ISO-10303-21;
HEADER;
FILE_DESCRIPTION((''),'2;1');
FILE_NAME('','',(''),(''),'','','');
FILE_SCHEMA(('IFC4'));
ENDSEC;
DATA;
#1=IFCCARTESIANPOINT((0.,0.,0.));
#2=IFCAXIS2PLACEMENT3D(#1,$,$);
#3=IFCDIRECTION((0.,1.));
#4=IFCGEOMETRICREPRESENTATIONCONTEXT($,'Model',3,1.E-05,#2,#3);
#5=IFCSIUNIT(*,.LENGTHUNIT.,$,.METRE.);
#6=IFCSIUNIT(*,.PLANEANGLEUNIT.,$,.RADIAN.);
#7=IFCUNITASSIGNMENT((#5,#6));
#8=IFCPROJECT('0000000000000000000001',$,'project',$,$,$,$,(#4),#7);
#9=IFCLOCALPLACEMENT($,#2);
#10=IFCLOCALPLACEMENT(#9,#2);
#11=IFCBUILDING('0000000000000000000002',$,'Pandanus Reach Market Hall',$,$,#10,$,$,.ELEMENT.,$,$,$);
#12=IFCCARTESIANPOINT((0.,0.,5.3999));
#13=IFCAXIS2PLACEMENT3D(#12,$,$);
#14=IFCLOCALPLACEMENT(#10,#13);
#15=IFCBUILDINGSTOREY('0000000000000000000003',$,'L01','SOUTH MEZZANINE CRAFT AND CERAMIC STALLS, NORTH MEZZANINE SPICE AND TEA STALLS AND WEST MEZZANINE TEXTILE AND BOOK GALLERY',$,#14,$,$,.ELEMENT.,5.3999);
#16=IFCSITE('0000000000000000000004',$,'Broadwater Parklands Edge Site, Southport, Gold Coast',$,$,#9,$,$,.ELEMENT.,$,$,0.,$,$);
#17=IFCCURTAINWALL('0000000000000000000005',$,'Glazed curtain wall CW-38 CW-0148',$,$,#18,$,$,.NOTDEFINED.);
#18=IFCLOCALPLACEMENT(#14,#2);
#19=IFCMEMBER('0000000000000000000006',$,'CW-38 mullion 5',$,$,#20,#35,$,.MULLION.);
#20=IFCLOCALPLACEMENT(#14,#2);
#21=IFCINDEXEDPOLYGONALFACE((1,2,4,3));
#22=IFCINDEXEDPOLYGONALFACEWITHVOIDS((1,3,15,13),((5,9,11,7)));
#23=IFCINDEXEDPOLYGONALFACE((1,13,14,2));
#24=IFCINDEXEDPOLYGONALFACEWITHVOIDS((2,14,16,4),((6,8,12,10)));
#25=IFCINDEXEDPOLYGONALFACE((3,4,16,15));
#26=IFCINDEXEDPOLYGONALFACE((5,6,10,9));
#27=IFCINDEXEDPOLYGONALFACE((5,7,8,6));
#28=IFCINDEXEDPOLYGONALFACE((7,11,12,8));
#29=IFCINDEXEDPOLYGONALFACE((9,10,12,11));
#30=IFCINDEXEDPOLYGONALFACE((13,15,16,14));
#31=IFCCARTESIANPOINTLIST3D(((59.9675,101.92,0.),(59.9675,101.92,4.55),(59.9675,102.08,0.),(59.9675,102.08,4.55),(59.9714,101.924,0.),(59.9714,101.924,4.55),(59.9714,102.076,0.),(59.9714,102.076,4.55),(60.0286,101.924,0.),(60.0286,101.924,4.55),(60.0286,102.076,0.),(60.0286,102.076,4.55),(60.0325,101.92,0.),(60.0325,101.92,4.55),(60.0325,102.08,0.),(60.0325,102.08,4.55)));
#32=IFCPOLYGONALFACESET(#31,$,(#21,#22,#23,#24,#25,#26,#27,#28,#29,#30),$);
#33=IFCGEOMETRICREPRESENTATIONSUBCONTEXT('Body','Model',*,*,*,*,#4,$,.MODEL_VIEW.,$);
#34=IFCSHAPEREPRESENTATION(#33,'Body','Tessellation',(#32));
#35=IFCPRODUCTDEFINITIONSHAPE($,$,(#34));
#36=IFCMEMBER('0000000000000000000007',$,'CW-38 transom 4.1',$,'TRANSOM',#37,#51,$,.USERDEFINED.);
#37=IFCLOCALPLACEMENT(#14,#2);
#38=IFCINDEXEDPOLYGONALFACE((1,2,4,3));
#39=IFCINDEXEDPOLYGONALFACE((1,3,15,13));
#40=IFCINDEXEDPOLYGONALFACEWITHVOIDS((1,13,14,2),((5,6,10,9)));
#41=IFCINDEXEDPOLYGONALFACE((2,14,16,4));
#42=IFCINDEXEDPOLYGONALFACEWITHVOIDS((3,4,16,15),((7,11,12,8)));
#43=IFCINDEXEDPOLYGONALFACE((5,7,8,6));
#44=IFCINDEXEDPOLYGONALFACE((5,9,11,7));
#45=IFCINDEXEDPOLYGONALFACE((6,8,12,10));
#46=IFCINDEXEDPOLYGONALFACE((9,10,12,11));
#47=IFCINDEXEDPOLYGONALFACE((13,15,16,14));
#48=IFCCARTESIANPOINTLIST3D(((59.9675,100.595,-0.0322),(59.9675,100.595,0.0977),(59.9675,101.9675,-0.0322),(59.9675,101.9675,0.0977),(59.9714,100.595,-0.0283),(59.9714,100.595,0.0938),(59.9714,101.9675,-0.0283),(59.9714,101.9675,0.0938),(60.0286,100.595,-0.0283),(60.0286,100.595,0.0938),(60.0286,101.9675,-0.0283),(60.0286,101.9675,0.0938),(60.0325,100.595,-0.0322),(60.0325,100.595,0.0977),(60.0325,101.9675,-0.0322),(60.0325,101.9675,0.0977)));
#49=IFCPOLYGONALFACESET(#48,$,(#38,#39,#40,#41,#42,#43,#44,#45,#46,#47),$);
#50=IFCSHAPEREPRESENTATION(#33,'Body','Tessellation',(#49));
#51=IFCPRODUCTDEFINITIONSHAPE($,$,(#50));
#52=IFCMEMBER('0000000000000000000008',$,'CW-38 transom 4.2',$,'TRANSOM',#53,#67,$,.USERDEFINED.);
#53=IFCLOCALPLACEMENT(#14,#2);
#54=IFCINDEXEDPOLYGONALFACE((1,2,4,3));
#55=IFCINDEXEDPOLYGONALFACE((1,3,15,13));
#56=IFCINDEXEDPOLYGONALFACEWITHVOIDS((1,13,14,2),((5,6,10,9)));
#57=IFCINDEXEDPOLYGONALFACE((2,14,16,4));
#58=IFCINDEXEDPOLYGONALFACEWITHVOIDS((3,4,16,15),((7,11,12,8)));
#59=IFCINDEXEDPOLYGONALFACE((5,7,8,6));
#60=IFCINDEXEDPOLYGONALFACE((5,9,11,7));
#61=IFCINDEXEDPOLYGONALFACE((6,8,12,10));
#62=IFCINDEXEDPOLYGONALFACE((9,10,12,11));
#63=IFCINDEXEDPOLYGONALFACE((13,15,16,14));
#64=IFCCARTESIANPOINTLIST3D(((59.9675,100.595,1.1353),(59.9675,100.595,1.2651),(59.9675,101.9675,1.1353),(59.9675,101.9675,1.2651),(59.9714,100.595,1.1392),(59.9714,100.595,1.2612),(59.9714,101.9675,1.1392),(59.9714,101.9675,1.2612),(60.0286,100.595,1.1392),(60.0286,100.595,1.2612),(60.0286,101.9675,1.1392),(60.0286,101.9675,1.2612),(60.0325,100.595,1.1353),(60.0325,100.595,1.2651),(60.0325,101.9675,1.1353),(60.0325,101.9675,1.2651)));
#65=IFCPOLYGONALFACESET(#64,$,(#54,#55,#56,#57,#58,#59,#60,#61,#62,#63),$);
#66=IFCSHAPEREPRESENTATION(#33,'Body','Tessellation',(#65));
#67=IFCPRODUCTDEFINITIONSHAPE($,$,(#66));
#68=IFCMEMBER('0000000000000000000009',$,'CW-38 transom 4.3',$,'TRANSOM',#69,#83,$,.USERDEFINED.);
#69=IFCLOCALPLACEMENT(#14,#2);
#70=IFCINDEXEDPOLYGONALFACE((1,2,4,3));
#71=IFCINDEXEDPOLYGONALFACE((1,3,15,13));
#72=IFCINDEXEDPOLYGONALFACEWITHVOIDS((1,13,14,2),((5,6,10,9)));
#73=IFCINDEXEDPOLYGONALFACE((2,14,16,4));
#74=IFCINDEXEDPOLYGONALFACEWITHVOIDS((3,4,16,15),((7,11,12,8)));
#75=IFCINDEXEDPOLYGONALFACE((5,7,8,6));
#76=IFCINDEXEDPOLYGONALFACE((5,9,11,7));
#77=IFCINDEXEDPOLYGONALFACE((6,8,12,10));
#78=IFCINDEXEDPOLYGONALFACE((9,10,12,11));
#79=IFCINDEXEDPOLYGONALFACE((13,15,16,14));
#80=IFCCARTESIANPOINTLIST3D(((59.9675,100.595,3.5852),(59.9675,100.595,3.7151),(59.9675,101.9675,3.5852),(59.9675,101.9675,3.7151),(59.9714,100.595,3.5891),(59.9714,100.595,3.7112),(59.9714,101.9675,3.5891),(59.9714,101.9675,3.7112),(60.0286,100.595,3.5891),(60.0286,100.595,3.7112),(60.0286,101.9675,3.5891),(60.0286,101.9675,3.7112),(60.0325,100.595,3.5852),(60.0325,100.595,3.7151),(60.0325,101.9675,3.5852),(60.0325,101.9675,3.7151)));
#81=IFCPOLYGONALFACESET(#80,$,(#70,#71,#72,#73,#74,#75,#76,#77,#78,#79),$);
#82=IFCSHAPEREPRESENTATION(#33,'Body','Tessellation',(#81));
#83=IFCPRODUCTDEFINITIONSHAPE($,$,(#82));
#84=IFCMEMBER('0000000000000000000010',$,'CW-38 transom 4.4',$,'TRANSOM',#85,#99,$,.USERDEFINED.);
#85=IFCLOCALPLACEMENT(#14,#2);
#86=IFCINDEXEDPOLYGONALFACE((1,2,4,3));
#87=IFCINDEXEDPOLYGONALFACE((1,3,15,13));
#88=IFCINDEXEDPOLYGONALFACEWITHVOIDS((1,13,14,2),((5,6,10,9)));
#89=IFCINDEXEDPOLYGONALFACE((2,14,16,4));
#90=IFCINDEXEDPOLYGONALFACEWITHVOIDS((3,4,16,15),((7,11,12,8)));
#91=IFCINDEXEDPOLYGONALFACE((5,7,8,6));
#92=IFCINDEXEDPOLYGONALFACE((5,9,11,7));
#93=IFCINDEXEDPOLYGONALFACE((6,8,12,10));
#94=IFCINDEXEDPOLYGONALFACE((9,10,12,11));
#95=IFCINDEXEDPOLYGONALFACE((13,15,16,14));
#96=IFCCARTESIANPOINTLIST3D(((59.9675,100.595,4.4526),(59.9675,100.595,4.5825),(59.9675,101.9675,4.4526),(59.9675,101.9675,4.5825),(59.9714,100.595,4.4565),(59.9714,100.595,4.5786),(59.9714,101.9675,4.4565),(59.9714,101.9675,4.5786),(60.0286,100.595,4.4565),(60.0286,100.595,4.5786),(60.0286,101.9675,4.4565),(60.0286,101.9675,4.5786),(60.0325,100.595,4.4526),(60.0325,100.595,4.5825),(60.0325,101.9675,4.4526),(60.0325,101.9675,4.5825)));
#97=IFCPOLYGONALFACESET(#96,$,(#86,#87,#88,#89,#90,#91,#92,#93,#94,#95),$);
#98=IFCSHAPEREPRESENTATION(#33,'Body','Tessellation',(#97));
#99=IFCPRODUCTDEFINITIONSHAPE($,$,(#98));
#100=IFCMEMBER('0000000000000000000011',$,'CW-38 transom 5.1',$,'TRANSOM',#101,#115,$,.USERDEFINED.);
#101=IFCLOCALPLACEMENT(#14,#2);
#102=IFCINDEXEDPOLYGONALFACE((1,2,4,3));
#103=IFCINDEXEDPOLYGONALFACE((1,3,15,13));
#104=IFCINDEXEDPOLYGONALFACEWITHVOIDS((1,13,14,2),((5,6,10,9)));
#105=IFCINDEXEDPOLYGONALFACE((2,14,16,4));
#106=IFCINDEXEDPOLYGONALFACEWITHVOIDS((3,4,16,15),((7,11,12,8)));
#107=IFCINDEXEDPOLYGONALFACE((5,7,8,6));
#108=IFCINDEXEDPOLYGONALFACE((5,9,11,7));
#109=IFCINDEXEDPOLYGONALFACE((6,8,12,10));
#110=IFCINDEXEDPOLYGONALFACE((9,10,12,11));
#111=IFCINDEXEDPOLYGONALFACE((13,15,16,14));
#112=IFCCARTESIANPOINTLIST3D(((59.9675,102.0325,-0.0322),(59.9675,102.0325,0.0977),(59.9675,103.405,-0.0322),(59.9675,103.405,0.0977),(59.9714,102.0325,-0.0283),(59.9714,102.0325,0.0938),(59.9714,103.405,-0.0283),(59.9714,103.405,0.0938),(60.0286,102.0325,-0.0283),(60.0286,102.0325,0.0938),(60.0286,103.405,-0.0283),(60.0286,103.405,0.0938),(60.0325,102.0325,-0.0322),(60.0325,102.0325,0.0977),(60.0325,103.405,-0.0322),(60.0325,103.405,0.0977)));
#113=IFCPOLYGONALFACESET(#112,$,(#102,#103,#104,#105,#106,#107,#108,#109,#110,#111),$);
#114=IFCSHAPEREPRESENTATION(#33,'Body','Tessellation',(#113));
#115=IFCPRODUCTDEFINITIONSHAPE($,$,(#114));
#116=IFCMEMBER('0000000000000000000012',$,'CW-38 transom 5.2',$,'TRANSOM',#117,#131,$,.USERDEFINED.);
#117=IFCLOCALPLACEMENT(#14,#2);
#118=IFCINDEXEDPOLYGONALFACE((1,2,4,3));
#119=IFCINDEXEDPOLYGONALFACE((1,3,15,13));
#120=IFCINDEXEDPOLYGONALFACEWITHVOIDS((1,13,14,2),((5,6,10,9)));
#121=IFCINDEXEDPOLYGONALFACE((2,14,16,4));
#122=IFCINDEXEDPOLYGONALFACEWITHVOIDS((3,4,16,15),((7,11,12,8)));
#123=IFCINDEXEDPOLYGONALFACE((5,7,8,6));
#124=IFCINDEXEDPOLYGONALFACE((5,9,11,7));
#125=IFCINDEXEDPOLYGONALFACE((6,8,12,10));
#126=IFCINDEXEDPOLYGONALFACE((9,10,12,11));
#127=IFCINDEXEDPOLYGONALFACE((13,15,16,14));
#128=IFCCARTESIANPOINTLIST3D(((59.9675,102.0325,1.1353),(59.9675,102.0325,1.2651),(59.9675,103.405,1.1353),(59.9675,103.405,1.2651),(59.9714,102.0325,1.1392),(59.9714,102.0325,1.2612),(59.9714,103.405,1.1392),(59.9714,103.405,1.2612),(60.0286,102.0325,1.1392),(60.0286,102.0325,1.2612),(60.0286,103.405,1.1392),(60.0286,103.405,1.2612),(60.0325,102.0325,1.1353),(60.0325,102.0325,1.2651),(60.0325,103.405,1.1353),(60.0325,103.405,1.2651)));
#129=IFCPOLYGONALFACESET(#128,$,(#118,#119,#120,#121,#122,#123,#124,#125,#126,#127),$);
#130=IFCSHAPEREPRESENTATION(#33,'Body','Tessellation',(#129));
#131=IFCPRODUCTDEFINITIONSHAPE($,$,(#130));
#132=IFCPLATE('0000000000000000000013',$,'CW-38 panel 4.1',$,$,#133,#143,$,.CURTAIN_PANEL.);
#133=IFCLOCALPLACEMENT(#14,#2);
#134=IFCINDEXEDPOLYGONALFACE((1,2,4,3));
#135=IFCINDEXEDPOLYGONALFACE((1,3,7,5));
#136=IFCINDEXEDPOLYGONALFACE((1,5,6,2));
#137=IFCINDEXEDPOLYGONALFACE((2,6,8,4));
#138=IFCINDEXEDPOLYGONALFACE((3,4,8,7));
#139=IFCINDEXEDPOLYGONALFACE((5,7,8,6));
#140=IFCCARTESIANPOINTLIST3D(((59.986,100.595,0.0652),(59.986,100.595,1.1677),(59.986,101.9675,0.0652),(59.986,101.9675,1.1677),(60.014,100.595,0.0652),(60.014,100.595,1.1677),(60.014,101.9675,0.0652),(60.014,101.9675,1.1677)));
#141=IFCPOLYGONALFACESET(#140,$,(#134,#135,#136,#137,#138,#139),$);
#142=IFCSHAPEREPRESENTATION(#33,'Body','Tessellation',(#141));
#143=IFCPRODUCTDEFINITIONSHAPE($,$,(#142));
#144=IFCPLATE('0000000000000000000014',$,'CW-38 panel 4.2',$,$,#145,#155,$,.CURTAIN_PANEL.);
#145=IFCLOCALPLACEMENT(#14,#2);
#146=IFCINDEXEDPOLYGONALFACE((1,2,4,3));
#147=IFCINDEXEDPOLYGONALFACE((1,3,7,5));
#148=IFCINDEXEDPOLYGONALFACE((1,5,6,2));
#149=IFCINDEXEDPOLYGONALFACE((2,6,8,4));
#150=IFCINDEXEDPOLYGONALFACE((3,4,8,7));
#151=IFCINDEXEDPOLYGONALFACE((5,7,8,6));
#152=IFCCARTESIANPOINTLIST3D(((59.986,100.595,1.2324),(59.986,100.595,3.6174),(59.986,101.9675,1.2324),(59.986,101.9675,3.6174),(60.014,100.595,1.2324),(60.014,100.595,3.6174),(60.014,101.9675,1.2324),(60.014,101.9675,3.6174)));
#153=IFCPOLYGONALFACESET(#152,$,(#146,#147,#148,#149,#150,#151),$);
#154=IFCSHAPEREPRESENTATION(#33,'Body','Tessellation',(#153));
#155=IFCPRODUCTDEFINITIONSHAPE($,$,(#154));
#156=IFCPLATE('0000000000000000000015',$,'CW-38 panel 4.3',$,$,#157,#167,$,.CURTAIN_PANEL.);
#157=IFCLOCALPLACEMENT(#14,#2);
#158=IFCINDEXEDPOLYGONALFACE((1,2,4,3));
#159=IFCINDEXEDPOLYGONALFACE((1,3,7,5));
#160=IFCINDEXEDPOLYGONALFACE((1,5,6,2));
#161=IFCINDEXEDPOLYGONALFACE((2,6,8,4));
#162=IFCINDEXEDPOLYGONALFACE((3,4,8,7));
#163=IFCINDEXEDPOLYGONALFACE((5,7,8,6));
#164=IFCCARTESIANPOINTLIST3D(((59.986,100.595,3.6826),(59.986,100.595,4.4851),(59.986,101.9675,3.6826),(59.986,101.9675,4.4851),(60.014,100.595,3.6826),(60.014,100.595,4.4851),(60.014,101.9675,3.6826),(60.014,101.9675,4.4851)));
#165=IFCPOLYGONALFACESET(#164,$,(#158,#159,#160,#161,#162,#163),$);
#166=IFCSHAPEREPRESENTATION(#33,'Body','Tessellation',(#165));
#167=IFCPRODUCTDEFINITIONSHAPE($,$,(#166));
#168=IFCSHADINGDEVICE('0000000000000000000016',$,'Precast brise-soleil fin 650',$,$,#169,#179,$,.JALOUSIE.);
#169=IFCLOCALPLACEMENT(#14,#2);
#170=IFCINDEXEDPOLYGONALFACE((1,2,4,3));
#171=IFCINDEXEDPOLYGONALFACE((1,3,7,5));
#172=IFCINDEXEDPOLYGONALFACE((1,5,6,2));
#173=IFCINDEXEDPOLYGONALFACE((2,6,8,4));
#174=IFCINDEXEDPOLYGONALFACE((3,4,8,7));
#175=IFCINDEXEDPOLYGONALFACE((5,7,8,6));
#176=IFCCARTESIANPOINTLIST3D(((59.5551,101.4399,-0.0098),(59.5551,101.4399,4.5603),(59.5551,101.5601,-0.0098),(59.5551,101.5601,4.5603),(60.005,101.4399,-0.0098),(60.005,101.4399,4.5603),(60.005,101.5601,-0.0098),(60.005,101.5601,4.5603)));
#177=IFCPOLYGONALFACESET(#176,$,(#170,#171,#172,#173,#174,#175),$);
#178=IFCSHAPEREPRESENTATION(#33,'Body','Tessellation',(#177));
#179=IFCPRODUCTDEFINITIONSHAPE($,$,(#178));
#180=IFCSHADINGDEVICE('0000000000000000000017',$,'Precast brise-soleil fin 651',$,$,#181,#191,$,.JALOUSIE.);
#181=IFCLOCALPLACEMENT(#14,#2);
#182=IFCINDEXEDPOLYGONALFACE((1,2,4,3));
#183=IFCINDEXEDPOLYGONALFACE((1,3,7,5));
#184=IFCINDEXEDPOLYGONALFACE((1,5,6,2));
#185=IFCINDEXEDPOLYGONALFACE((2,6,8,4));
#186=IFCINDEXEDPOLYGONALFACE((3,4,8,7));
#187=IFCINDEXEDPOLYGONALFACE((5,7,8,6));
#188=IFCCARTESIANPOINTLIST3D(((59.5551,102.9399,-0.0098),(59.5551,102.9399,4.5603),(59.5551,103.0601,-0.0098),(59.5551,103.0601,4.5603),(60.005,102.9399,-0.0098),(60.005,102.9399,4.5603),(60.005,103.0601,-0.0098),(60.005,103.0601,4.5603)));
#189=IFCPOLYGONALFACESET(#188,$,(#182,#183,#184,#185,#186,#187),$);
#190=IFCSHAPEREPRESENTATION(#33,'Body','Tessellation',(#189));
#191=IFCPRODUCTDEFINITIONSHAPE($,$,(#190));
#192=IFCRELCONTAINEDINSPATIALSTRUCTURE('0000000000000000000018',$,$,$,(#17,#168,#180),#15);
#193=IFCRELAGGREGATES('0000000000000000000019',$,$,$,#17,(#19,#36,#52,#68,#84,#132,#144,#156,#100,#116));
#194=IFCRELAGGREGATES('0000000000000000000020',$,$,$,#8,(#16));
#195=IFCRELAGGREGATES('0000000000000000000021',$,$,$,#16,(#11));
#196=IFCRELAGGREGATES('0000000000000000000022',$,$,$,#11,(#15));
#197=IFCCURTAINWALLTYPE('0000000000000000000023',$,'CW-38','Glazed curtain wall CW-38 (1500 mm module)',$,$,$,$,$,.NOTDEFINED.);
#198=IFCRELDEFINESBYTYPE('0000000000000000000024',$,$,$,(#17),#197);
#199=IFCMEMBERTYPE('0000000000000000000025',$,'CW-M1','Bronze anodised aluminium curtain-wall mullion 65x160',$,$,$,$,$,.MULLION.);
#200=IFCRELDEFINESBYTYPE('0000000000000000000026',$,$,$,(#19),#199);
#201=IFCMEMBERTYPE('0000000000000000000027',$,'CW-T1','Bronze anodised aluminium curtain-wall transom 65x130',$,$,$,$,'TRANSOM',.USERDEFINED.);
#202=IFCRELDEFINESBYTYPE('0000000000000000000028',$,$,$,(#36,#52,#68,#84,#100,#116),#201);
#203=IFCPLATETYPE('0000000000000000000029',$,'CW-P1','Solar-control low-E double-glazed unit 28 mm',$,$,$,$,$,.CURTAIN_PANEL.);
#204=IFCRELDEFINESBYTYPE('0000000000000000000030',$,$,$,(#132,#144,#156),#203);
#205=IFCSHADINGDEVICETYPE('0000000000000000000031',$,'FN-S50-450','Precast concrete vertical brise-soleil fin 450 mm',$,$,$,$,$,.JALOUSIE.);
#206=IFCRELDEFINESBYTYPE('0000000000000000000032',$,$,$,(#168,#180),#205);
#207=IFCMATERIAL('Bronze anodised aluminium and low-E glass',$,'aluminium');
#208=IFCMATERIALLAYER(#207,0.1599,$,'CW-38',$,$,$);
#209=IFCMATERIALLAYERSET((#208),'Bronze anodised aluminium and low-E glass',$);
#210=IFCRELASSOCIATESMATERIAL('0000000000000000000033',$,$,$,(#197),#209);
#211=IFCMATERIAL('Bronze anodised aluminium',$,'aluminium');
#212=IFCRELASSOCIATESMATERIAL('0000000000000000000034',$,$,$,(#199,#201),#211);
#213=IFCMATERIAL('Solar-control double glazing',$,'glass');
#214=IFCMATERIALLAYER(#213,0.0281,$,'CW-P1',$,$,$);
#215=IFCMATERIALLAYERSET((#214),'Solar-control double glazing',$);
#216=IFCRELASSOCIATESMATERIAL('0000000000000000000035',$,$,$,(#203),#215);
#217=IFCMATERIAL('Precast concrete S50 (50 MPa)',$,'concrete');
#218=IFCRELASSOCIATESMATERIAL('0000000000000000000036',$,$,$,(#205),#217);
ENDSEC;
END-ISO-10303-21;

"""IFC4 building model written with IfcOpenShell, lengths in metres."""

from ifc_helpers import new_model, si_unit, direction, frame, origin, origin_2d, place, context, subcontext, project, spatial, rectangle, hollow_rectangle, extrude, material, layer, layer_set, material_profile, profile_set, type_object, element, aggregate, save


model = new_model("IFC4")

# Units and contexts
model_context = context("Model", 3, precision=1e-05, world=origin(), true_north=direction((0.0, 1.0)))
body_context = subcontext(model_context, "Body", "Model", "MODEL_VIEW")
ifc_project = project(units=[si_unit("LENGTHUNIT", "METRE"), si_unit("PLANEANGLEUNIT", "RADIAN")], contexts=[model_context])

# Site, building, storey
site_placement = place(None, origin())
site = spatial("IfcSite", under=ifc_project, at=site_placement, Name="Broadwater Parklands Edge Site, Southport, Gold Coast", CompositionType="ELEMENT", RefElevation=0.0)
building_placement = place(site_placement, origin())
building = spatial("IfcBuilding", under=site, at=building_placement, Name="Pandanus Reach Market Hall", CompositionType="ELEMENT")
storey_placement = place(building_placement, frame((0.0, 0.0, 5.3999)))
storey = spatial("IfcBuildingStorey", under=building, at=storey_placement, Name="L01", Description="SOUTH MEZZANINE CRAFT AND CERAMIC STALLS, NORTH MEZZANINE SPICE AND TEA STALLS AND WEST MEZZANINE TEXTILE AND BOOK GALLERY", CompositionType="ELEMENT", Elevation=5.3999)

# Curtain wall, members, plates
ifc_material_1 = material(Name="Bronze anodised aluminium and low-E glass", Category="aluminium")
ifc_layer_1 = layer(ifc_material_1, 0.1599, Name="CW-38")
ifc_layer_set_1 = layer_set([ifc_layer_1], Name="Bronze anodised aluminium and low-E glass")
curtain_wall_type = type_object("IfcCurtainWallType", Name="CW-38", Description="Glazed curtain wall CW-38 (1500 mm module)", PredefinedType="NOTDEFINED", material=ifc_layer_set_1)
curtain_wall_placement = place(storey_placement, origin())
curtain_wall = element("IfcCurtainWall", 1, at=curtain_wall_placement, inside=storey, type_object=curtain_wall_type, Name="Glazed curtain wall CW-38 CW-0148", PredefinedType="NOTDEFINED")
ifc_material_2 = material(Name="Bronze anodised aluminium", Category="aluminium")
ifc_material_profile_1 = material_profile(ifc_material_2, hollow_rectangle(XDim=0.0649, YDim=0.1599, WallThickness=0.0039, at=origin_2d()), Name="ALU65x160", Category="LoadBearing")
ifc_profile_set_1 = profile_set([ifc_material_profile_1], Name="Bronze anodised aluminium")
member_type_1 = type_object("IfcMemberType", Name="CW-M1", Description="Bronze anodised aluminium curtain-wall mullion 65x160", PredefinedType="MULLION", material=ifc_profile_set_1)
member_1_placement = place(storey_placement, frame((60.0, 102.0, 0.0), z_axis=(0.0, 0.0, 1.0), x_axis=(-1.0, 0.0, 0.0)))
member_1 = element("IfcMember", 2, at=member_1_placement, type_object=member_type_1, Name="CW-38 mullion 5", PredefinedType="MULLION", context=body_context, shape_type="SweptSolid", body=[
    extrude(hollow_rectangle(XDim=0.0649, YDim=0.1599, WallThickness=0.0039, at=origin_2d()), origin(), (0.0, 0.0, 1.0), 4.55),
])
ifc_material_profile_2 = material_profile(ifc_material_2, hollow_rectangle(XDim=0.0649, YDim=0.1299, WallThickness=0.0039, at=origin_2d()), Name="ALU65x130", Category="LoadBearing")
ifc_profile_set_2 = profile_set([ifc_material_profile_2], Name="Bronze anodised aluminium")
member_type_2 = type_object("IfcMemberType", Name="CW-T1", Description="Bronze anodised aluminium curtain-wall transom 65x130", ElementType="TRANSOM", PredefinedType="USERDEFINED", material=ifc_profile_set_2)
member_2_placement = place(storey_placement, frame((60.0, 100.595, 0.0327), z_axis=(0.0, 1.0, 0.0), x_axis=(-1.0, 0.0, 0.0)))
member_2 = element("IfcMember", 3, at=member_2_placement, type_object=member_type_2, Name="CW-38 transom 4.1", ObjectType="TRANSOM", PredefinedType="USERDEFINED", context=body_context, shape_type="SweptSolid", body=[
    extrude(hollow_rectangle(XDim=0.0649, YDim=0.1299, WallThickness=0.0039, at=origin_2d()), origin(), (0.0, 0.0, 1.0), 1.3726),
])
member_3_placement = place(storey_placement, frame((60.0, 100.595, 1.2002), z_axis=(0.0, 1.0, 0.0), x_axis=(-1.0, 0.0, 0.0)))
member_3 = element("IfcMember", 4, at=member_3_placement, type_object=member_type_2, Name="CW-38 transom 4.2", ObjectType="TRANSOM", PredefinedType="USERDEFINED", context=body_context, shape_type="SweptSolid", body=[
    extrude(hollow_rectangle(XDim=0.0649, YDim=0.1299, WallThickness=0.0039, at=origin_2d()), origin(), (0.0, 0.0, 1.0), 1.3726),
])
member_4_placement = place(storey_placement, frame((60.0, 100.595, 3.6501), z_axis=(0.0, 1.0, 0.0), x_axis=(-1.0, 0.0, 0.0)))
member_4 = element("IfcMember", 5, at=member_4_placement, type_object=member_type_2, Name="CW-38 transom 4.3", ObjectType="TRANSOM", PredefinedType="USERDEFINED", context=body_context, shape_type="SweptSolid", body=[
    extrude(hollow_rectangle(XDim=0.0649, YDim=0.1299, WallThickness=0.0039, at=origin_2d()), origin(), (0.0, 0.0, 1.0), 1.3726),
])
member_5_placement = place(storey_placement, frame((60.0, 100.595, 4.5176), z_axis=(0.0, 1.0, 0.0), x_axis=(-1.0, 0.0, 0.0)))
member_5 = element("IfcMember", 6, at=member_5_placement, type_object=member_type_2, Name="CW-38 transom 4.4", ObjectType="TRANSOM", PredefinedType="USERDEFINED", context=body_context, shape_type="SweptSolid", body=[
    extrude(hollow_rectangle(XDim=0.0649, YDim=0.1299, WallThickness=0.0039, at=origin_2d()), origin(), (0.0, 0.0, 1.0), 1.3726),
])
member_6_placement = place(storey_placement, frame((60.0, 102.0325, 0.0327), z_axis=(0.0, 1.0, 0.0), x_axis=(-1.0, 0.0, 0.0)))
member_6 = element("IfcMember", 7, at=member_6_placement, type_object=member_type_2, Name="CW-38 transom 5.1", ObjectType="TRANSOM", PredefinedType="USERDEFINED", context=body_context, shape_type="SweptSolid", body=[
    extrude(hollow_rectangle(XDim=0.0649, YDim=0.1299, WallThickness=0.0039, at=origin_2d()), origin(), (0.0, 0.0, 1.0), 1.3726),
])
member_7_placement = place(storey_placement, frame((60.0, 102.0325, 1.2002), z_axis=(0.0, 1.0, 0.0), x_axis=(-1.0, 0.0, 0.0)))
member_7 = element("IfcMember", 8, at=member_7_placement, type_object=member_type_2, Name="CW-38 transom 5.2", ObjectType="TRANSOM", PredefinedType="USERDEFINED", context=body_context, shape_type="SweptSolid", body=[
    extrude(hollow_rectangle(XDim=0.0649, YDim=0.1299, WallThickness=0.0039, at=origin_2d()), origin(), (0.0, 0.0, 1.0), 1.3726),
])
ifc_material_3 = material(Name="Solar-control double glazing", Category="glass")
ifc_layer_2 = layer(ifc_material_3, 0.0281, Name="CW-P1")
ifc_layer_set_2 = layer_set([ifc_layer_2], Name="Solar-control double glazing")
plate_type = type_object("IfcPlateType", Name="CW-P1", Description="Solar-control low-E double-glazed unit 28 mm", PredefinedType="CURTAIN_PANEL", material=ifc_layer_set_2)
plate_1_placement = place(storey_placement, frame((60.0, 101.2812, 0.0652), z_axis=(0.0, 0.0, 1.0), x_axis=(0.0, 1.0, 0.0)))
plate_1 = element("IfcPlate", 9, at=plate_1_placement, type_object=plate_type, Name="CW-38 panel 4.1", PredefinedType="CURTAIN_PANEL", context=body_context, shape_type="SweptSolid", body=[
    extrude(rectangle(XDim=1.3726, YDim=0.0281, at=origin_2d()), origin(), (0.0, 0.0, 1.0), 1.1025),
])
plate_2_placement = place(storey_placement, frame((60.0, 101.2812, 1.2324), z_axis=(0.0, 0.0, 1.0), x_axis=(0.0, 1.0, 0.0)))
plate_2 = element("IfcPlate", 10, at=plate_2_placement, type_object=plate_type, Name="CW-38 panel 4.2", PredefinedType="CURTAIN_PANEL", context=body_context, shape_type="SweptSolid", body=[
    extrude(rectangle(XDim=1.3726, YDim=0.0281, at=origin_2d()), origin(), (0.0, 0.0, 1.0), 2.385),
])
plate_3_placement = place(storey_placement, frame((60.0, 101.2812, 3.6826), z_axis=(0.0, 0.0, 1.0), x_axis=(0.0, 1.0, 0.0)))
plate_3 = element("IfcPlate", 11, at=plate_3_placement, type_object=plate_type, Name="CW-38 panel 4.3", PredefinedType="CURTAIN_PANEL", context=body_context, shape_type="SweptSolid", body=[
    extrude(rectangle(XDim=1.3726, YDim=0.0281, at=origin_2d()), origin(), (0.0, 0.0, 1.0), 0.8025),
])
aggregate(curtain_wall, [member_1, member_2, member_3, member_4, member_5, plate_1, plate_2, plate_3, member_6, member_7])

# Shading devices
ifc_material_4 = material(Name="Precast concrete S50 (50 MPa)", Category="concrete")
shading_device_type = type_object("IfcShadingDeviceType", Name="FN-S50-450", Description="Precast concrete vertical brise-soleil fin 450 mm", PredefinedType="JALOUSIE", material=ifc_material_4)
for number, where, z_axis, x_axis, name in (
    (12, (59.78, 101.5, -0.0098), (0.0, 0.0, 1.0), (-1.0, 0.0, 0.0), "Precast brise-soleil fin 650"),
    (13, (59.78, 103.0, -0.0098), (0.0, 0.0, 1.0), (-1.0, 0.0, 0.0), "Precast brise-soleil fin 651"),
):
    element("IfcShadingDevice", number, at=place(storey_placement, frame(where, z_axis=z_axis, x_axis=x_axis)), inside=storey, type_object=shading_device_type, Name=name, PredefinedType="JALOUSIE", context=body_context, shape_type="SweptSolid", body=[
        extrude(rectangle(XDim=0.45, YDim=0.1201, at=origin_2d()), origin(), (0.0, 0.0, 1.0), 4.5701),
    ])

save(model, "model.ifc")
